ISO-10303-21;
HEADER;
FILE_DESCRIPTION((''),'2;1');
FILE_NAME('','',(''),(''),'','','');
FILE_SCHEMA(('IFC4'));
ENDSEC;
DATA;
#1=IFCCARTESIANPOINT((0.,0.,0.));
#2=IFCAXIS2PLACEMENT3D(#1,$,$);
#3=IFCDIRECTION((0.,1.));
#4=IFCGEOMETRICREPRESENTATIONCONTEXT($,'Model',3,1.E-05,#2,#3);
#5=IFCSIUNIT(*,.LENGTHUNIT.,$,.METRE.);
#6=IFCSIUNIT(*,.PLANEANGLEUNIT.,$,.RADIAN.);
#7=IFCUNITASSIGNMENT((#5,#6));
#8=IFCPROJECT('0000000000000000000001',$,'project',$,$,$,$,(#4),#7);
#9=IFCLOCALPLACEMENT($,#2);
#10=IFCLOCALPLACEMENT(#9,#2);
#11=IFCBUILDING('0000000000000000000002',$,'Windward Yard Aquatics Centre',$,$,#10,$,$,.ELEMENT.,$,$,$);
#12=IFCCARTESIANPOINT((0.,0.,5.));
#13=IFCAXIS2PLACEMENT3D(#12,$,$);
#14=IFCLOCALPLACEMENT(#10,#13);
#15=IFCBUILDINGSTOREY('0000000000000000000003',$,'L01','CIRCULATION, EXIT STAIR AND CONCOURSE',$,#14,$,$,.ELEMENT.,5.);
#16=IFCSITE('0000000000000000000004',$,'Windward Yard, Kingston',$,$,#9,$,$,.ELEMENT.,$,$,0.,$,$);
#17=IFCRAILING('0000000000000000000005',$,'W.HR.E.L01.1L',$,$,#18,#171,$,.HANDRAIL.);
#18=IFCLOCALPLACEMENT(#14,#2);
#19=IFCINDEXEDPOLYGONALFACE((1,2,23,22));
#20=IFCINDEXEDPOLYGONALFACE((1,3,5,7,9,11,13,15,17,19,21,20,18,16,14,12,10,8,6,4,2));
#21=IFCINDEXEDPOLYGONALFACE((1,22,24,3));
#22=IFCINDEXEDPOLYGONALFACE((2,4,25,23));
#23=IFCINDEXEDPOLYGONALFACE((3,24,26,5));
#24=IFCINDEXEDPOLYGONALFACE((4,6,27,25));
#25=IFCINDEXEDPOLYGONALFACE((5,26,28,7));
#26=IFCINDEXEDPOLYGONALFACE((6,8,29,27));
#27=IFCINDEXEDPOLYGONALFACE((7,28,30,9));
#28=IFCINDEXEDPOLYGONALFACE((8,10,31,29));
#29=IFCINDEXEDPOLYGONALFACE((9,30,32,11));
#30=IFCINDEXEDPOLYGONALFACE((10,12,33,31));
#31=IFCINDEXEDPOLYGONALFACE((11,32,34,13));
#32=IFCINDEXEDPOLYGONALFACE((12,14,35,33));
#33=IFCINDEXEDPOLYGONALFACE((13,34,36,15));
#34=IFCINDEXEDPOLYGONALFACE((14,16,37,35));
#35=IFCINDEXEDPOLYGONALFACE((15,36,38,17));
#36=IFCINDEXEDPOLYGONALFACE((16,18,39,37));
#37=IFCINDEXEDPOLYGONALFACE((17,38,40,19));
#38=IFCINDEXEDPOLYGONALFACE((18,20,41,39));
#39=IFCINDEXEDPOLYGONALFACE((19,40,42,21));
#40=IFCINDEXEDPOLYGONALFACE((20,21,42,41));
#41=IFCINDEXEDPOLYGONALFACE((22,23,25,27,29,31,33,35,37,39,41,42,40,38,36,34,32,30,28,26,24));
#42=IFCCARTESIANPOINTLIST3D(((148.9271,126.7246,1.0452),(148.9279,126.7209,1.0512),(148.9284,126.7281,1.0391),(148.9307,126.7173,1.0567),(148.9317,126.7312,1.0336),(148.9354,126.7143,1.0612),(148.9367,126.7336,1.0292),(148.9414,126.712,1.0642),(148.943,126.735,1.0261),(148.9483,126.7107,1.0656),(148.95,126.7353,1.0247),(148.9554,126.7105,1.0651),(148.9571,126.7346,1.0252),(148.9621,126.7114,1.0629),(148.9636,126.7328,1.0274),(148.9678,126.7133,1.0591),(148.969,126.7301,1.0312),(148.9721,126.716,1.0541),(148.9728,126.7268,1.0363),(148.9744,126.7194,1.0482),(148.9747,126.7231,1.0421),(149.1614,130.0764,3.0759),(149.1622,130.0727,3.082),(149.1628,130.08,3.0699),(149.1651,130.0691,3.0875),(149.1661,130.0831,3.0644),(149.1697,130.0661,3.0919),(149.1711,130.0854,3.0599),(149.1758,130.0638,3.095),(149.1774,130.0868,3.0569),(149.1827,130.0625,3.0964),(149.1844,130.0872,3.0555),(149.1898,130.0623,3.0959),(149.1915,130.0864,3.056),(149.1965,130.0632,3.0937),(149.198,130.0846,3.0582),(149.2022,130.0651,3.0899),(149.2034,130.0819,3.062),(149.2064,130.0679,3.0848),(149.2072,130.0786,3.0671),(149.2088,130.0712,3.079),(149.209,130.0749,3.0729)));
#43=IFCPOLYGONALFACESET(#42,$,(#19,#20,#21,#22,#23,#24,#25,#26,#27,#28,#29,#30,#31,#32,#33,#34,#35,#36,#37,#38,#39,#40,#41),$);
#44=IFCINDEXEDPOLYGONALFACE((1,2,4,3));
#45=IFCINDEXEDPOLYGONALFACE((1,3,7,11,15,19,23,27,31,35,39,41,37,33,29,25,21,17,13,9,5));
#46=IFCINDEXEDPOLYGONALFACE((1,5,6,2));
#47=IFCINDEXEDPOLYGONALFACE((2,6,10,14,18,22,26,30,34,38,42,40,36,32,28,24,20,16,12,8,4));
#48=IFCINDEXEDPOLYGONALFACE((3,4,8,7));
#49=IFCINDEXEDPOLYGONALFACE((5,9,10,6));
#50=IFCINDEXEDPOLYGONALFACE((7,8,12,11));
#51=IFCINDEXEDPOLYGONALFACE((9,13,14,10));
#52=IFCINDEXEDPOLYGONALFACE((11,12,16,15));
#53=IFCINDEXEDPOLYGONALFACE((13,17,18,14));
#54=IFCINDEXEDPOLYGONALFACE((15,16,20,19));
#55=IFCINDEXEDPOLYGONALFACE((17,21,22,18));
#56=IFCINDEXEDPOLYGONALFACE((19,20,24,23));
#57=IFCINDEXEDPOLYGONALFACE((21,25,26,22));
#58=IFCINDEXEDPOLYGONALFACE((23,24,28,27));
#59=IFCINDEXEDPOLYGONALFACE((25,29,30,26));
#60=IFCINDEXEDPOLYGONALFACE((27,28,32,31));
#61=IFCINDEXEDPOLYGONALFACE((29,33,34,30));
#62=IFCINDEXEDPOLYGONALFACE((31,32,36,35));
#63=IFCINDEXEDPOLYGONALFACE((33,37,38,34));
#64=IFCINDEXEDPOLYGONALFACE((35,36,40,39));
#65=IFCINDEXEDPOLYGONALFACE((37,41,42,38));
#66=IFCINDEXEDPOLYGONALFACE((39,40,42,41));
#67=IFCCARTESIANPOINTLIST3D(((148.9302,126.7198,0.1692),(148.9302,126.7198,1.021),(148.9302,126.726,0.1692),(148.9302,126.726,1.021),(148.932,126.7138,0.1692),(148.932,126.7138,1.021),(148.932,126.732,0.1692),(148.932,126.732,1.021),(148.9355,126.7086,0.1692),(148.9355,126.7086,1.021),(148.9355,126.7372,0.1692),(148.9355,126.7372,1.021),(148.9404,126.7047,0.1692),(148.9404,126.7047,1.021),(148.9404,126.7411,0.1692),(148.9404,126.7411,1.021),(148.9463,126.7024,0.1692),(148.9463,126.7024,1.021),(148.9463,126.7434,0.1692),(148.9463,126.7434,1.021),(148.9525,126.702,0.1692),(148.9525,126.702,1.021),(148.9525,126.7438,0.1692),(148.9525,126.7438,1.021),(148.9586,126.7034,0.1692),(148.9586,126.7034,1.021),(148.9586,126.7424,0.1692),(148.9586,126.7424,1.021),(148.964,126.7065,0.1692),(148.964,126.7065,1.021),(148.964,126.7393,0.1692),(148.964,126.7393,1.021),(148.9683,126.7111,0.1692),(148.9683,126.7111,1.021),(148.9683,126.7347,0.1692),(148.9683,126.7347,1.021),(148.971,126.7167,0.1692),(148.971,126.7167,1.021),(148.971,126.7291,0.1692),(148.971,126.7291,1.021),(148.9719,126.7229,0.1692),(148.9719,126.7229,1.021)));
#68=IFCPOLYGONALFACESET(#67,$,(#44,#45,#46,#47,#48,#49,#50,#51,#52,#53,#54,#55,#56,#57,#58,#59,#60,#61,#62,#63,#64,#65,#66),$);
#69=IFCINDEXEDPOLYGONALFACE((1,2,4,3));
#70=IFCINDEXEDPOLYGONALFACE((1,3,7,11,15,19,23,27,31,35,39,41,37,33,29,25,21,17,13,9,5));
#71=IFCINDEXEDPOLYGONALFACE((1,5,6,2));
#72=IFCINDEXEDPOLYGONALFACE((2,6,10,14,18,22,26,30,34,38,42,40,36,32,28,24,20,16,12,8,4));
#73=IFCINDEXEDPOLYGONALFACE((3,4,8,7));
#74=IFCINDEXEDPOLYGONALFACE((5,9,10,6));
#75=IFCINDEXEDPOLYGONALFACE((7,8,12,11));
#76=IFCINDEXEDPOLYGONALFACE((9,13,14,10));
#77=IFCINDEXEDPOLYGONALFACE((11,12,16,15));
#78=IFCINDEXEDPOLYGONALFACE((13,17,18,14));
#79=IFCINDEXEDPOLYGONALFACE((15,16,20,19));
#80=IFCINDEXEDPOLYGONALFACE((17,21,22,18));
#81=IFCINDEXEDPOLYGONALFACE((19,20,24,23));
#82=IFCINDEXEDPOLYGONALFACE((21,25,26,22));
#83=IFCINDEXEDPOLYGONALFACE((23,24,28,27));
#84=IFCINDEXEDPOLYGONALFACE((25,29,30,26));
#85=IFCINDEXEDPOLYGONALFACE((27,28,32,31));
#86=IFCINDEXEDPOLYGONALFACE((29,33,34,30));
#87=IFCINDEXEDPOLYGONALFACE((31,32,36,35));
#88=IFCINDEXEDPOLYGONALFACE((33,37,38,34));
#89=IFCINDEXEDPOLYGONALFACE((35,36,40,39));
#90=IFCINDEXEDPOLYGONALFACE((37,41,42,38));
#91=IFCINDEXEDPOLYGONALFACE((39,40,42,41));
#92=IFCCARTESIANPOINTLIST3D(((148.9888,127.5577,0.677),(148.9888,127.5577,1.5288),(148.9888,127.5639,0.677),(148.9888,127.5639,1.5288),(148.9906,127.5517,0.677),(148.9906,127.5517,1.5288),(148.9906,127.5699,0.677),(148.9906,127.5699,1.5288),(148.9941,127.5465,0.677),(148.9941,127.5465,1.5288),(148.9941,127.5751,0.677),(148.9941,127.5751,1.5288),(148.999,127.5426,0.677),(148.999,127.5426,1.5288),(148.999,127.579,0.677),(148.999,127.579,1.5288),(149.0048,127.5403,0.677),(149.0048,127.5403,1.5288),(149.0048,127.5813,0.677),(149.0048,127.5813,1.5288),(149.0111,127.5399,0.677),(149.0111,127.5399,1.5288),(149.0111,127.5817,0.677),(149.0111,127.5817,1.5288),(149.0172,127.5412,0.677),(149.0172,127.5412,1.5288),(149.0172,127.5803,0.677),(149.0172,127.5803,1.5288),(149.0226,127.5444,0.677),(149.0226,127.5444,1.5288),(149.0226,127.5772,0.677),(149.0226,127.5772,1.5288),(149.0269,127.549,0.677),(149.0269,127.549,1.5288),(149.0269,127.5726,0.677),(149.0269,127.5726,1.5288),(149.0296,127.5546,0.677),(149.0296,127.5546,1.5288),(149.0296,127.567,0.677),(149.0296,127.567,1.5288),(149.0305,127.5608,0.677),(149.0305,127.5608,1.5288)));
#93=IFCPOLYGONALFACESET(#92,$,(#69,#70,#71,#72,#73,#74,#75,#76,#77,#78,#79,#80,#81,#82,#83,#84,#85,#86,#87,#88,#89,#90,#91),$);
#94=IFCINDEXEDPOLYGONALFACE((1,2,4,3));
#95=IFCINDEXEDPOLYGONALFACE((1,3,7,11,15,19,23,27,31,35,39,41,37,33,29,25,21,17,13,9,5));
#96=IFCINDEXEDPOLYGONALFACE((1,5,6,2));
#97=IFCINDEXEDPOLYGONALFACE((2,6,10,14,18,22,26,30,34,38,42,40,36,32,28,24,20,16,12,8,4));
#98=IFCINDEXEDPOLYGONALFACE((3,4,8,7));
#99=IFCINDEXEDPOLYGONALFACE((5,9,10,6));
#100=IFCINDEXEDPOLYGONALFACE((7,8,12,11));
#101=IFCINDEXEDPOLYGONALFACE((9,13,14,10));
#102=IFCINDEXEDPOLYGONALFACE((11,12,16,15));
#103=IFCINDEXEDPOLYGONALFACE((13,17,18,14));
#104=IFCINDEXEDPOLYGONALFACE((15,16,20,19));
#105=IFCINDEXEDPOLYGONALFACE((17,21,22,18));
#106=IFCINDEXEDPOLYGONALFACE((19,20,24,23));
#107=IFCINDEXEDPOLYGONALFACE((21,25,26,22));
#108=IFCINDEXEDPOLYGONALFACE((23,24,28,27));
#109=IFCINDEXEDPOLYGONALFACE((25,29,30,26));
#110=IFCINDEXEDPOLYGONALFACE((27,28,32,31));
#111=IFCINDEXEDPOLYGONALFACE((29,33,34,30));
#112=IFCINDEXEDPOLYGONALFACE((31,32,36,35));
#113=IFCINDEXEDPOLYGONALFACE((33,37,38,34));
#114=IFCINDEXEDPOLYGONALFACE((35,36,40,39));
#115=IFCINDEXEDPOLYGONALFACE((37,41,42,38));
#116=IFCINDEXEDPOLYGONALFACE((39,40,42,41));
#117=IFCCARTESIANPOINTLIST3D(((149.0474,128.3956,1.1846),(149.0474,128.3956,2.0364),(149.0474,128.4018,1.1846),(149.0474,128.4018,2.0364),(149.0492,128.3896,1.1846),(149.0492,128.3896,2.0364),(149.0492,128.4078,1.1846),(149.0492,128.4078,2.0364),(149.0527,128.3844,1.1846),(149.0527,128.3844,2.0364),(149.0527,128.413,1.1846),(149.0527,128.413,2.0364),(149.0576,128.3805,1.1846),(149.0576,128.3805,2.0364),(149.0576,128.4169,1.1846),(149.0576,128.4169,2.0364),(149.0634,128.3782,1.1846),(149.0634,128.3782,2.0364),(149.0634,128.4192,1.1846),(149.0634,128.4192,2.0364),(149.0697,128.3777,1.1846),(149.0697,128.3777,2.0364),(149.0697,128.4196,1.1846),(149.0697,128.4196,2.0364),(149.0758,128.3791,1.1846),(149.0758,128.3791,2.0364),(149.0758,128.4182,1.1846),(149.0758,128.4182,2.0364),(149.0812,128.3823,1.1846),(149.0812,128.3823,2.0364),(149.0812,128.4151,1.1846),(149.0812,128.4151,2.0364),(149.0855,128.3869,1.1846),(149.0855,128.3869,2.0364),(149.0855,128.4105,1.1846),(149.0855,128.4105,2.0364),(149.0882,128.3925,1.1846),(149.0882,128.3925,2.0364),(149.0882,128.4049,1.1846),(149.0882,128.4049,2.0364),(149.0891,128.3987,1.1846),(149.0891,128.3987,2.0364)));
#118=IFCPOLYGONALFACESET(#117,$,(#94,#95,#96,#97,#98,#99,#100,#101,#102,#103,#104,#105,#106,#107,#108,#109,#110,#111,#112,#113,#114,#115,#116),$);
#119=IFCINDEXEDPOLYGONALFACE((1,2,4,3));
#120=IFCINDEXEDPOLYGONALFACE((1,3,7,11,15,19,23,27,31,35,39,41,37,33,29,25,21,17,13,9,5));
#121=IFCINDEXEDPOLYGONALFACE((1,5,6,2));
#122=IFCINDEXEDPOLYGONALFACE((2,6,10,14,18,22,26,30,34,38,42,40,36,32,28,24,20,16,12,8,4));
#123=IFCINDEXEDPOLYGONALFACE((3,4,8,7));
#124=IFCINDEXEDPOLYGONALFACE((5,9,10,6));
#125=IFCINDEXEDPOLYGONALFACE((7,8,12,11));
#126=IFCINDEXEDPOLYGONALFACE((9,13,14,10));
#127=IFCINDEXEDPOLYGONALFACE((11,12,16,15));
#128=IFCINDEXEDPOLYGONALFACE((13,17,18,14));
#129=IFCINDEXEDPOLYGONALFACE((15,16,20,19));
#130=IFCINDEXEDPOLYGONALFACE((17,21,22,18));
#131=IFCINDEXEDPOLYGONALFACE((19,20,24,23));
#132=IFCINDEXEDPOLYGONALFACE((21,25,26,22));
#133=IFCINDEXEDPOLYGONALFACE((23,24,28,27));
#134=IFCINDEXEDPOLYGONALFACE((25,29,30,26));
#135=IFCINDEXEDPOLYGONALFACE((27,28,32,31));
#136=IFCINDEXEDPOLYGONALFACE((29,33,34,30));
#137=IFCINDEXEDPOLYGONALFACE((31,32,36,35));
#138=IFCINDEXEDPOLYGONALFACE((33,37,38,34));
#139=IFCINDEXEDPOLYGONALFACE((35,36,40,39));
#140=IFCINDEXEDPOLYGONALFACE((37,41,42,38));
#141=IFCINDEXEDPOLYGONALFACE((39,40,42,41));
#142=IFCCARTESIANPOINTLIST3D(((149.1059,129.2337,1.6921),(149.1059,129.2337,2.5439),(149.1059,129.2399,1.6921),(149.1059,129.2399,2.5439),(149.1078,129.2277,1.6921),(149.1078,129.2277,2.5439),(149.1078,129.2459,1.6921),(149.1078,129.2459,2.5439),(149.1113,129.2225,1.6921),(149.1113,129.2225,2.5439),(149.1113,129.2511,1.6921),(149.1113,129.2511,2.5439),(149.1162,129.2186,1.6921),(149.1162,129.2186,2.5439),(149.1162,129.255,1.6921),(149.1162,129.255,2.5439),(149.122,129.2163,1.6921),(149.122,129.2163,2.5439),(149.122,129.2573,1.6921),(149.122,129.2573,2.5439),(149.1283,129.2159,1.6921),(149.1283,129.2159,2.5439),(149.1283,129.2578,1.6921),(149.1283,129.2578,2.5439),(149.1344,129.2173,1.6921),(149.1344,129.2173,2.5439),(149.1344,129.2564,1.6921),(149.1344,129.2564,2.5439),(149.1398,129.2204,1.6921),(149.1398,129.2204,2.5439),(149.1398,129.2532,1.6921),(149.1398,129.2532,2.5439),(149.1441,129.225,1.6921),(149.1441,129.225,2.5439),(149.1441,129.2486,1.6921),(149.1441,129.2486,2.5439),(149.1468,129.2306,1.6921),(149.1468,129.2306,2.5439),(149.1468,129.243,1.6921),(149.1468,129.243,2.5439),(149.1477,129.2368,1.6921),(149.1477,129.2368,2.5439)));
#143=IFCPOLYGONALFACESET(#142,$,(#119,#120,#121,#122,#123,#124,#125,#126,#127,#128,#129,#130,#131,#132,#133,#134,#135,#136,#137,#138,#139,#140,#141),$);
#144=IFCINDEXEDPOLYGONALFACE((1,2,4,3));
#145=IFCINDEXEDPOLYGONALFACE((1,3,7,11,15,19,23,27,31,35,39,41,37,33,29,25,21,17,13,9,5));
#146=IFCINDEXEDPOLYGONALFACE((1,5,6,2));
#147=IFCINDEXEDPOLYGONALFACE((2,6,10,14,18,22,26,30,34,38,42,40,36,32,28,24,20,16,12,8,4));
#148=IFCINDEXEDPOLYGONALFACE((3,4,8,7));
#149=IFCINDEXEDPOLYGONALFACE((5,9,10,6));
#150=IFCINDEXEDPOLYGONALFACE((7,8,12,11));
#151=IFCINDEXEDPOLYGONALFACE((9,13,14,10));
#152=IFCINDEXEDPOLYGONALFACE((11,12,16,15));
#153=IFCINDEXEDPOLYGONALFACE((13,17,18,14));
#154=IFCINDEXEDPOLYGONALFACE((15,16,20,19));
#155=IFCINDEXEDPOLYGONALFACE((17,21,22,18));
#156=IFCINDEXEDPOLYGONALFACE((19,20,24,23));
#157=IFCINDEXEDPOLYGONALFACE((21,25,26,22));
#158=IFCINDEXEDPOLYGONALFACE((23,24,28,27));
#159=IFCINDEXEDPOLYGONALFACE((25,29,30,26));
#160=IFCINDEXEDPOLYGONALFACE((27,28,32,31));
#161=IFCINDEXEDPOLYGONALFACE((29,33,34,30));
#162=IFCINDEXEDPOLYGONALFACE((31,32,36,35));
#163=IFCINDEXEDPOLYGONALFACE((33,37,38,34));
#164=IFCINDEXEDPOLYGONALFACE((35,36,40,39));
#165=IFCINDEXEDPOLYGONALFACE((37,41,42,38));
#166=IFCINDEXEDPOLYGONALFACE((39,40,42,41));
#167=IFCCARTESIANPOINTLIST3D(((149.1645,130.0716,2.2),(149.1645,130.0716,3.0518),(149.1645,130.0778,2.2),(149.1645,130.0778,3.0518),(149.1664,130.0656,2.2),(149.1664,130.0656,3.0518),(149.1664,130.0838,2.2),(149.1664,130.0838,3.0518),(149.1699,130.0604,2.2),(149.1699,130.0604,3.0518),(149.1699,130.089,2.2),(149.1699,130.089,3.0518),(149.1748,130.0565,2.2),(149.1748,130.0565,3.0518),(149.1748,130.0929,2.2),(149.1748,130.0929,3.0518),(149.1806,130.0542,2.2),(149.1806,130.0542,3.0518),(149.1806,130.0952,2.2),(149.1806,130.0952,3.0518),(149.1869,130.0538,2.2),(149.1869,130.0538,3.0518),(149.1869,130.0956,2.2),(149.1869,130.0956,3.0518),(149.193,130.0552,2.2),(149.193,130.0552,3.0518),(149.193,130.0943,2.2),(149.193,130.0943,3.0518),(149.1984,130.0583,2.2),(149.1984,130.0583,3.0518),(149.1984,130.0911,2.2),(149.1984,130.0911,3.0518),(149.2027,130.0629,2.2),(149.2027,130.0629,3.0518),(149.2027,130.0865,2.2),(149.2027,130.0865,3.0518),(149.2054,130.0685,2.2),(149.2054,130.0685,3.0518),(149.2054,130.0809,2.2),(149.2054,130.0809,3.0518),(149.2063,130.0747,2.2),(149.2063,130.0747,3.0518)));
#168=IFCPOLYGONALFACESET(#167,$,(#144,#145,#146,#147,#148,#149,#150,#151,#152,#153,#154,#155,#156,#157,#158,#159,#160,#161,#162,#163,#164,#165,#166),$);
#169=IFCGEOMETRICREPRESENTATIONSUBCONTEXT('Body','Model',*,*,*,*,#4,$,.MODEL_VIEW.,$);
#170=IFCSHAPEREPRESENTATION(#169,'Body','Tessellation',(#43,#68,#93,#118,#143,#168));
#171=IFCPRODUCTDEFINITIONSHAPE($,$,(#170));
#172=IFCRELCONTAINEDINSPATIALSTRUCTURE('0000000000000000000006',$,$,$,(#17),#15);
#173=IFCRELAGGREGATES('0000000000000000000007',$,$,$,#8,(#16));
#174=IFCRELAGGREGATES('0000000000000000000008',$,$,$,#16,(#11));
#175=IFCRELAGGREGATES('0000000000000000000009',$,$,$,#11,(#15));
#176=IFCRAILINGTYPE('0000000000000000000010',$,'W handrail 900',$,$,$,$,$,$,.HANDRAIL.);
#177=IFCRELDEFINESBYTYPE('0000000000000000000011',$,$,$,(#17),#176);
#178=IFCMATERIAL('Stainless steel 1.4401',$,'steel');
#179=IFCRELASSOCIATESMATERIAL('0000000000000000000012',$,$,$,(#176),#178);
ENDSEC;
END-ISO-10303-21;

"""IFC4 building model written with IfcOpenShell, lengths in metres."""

from ifc_helpers import new_model, si_unit, direction, frame, origin, origin_2d, place, context, subcontext, project, spatial, circle, extrude, material, type_object, element, save


model = new_model("IFC4")

# Units and contexts
model_context = context("Model", 3, precision=1e-05, world=origin(), true_north=direction((0.0, 1.0)))
body_context = subcontext(model_context, "Body", "Model", "MODEL_VIEW")
ifc_project = project(units=[si_unit("LENGTHUNIT", "METRE"), si_unit("PLANEANGLEUNIT", "RADIAN")], contexts=[model_context])

# Site, building, storey
site_placement = place(None, origin())
site = spatial("IfcSite", under=ifc_project, at=site_placement, Name="Windward Yard, Kingston", CompositionType="ELEMENT", RefElevation=0.0)
building_placement = place(site_placement, origin())
building = spatial("IfcBuilding", under=site, at=building_placement, Name="Windward Yard Aquatics Centre", CompositionType="ELEMENT")
storey_placement = place(building_placement, frame((0.0, 0.0, 5.0)))
storey = spatial("IfcBuildingStorey", under=building, at=storey_placement, Name="L01", Description="CIRCULATION, EXIT STAIR AND CONCOURSE", CompositionType="ELEMENT", Elevation=5.0)

# Railing
ifc_material_1 = material(Name="Stainless steel 1.4401", Category="steel")
railing_type_1 = type_object("IfcRailingType", Name="W handrail 900", PredefinedType="HANDRAIL", material=ifc_material_1)
for number, where, name in (
    (1, (148.9509, 126.7229, 0.1692), "W.HR.E.L01.1L"),
):
    element("IfcRailing", number, at=place(storey_placement, frame(where)), inside=storey, type_object=railing_type_1, Name=name, PredefinedType="HANDRAIL", context=body_context, shape_type="SweptSolid", body=[
        extrude(circle(Radius=0.0239, at=origin_2d()), frame((0.0, 0.0, 0.876), z_axis=(0.059698, 0.853744, 0.517259), x_axis=(-0.997564, 0.069755, 0.0)), (0.0, 0.0, 1.0), 3.926),
        extrude(circle(Radius=0.021, at=origin_2d()), origin(), (0.0, 0.0, 1.0), 0.8518),
        extrude(circle(Radius=0.021, at=origin_2d()), frame((0.0586, 0.8379, 0.5078)), (0.0, 0.0, 1.0), 0.8518),
        extrude(circle(Radius=0.021, at=origin_2d()), frame((0.1172, 1.6758, 1.0154)), (0.0, 0.0, 1.0), 0.8518),
        extrude(circle(Radius=0.021, at=origin_2d()), frame((0.1758, 2.5139, 1.5229)), (0.0, 0.0, 1.0), 0.8518),
        extrude(circle(Radius=0.021, at=origin_2d()), frame((0.2344, 3.3518, 2.0308)), (0.0, 0.0, 1.0), 0.8518),
    ])

save(model, "model.ifc")
